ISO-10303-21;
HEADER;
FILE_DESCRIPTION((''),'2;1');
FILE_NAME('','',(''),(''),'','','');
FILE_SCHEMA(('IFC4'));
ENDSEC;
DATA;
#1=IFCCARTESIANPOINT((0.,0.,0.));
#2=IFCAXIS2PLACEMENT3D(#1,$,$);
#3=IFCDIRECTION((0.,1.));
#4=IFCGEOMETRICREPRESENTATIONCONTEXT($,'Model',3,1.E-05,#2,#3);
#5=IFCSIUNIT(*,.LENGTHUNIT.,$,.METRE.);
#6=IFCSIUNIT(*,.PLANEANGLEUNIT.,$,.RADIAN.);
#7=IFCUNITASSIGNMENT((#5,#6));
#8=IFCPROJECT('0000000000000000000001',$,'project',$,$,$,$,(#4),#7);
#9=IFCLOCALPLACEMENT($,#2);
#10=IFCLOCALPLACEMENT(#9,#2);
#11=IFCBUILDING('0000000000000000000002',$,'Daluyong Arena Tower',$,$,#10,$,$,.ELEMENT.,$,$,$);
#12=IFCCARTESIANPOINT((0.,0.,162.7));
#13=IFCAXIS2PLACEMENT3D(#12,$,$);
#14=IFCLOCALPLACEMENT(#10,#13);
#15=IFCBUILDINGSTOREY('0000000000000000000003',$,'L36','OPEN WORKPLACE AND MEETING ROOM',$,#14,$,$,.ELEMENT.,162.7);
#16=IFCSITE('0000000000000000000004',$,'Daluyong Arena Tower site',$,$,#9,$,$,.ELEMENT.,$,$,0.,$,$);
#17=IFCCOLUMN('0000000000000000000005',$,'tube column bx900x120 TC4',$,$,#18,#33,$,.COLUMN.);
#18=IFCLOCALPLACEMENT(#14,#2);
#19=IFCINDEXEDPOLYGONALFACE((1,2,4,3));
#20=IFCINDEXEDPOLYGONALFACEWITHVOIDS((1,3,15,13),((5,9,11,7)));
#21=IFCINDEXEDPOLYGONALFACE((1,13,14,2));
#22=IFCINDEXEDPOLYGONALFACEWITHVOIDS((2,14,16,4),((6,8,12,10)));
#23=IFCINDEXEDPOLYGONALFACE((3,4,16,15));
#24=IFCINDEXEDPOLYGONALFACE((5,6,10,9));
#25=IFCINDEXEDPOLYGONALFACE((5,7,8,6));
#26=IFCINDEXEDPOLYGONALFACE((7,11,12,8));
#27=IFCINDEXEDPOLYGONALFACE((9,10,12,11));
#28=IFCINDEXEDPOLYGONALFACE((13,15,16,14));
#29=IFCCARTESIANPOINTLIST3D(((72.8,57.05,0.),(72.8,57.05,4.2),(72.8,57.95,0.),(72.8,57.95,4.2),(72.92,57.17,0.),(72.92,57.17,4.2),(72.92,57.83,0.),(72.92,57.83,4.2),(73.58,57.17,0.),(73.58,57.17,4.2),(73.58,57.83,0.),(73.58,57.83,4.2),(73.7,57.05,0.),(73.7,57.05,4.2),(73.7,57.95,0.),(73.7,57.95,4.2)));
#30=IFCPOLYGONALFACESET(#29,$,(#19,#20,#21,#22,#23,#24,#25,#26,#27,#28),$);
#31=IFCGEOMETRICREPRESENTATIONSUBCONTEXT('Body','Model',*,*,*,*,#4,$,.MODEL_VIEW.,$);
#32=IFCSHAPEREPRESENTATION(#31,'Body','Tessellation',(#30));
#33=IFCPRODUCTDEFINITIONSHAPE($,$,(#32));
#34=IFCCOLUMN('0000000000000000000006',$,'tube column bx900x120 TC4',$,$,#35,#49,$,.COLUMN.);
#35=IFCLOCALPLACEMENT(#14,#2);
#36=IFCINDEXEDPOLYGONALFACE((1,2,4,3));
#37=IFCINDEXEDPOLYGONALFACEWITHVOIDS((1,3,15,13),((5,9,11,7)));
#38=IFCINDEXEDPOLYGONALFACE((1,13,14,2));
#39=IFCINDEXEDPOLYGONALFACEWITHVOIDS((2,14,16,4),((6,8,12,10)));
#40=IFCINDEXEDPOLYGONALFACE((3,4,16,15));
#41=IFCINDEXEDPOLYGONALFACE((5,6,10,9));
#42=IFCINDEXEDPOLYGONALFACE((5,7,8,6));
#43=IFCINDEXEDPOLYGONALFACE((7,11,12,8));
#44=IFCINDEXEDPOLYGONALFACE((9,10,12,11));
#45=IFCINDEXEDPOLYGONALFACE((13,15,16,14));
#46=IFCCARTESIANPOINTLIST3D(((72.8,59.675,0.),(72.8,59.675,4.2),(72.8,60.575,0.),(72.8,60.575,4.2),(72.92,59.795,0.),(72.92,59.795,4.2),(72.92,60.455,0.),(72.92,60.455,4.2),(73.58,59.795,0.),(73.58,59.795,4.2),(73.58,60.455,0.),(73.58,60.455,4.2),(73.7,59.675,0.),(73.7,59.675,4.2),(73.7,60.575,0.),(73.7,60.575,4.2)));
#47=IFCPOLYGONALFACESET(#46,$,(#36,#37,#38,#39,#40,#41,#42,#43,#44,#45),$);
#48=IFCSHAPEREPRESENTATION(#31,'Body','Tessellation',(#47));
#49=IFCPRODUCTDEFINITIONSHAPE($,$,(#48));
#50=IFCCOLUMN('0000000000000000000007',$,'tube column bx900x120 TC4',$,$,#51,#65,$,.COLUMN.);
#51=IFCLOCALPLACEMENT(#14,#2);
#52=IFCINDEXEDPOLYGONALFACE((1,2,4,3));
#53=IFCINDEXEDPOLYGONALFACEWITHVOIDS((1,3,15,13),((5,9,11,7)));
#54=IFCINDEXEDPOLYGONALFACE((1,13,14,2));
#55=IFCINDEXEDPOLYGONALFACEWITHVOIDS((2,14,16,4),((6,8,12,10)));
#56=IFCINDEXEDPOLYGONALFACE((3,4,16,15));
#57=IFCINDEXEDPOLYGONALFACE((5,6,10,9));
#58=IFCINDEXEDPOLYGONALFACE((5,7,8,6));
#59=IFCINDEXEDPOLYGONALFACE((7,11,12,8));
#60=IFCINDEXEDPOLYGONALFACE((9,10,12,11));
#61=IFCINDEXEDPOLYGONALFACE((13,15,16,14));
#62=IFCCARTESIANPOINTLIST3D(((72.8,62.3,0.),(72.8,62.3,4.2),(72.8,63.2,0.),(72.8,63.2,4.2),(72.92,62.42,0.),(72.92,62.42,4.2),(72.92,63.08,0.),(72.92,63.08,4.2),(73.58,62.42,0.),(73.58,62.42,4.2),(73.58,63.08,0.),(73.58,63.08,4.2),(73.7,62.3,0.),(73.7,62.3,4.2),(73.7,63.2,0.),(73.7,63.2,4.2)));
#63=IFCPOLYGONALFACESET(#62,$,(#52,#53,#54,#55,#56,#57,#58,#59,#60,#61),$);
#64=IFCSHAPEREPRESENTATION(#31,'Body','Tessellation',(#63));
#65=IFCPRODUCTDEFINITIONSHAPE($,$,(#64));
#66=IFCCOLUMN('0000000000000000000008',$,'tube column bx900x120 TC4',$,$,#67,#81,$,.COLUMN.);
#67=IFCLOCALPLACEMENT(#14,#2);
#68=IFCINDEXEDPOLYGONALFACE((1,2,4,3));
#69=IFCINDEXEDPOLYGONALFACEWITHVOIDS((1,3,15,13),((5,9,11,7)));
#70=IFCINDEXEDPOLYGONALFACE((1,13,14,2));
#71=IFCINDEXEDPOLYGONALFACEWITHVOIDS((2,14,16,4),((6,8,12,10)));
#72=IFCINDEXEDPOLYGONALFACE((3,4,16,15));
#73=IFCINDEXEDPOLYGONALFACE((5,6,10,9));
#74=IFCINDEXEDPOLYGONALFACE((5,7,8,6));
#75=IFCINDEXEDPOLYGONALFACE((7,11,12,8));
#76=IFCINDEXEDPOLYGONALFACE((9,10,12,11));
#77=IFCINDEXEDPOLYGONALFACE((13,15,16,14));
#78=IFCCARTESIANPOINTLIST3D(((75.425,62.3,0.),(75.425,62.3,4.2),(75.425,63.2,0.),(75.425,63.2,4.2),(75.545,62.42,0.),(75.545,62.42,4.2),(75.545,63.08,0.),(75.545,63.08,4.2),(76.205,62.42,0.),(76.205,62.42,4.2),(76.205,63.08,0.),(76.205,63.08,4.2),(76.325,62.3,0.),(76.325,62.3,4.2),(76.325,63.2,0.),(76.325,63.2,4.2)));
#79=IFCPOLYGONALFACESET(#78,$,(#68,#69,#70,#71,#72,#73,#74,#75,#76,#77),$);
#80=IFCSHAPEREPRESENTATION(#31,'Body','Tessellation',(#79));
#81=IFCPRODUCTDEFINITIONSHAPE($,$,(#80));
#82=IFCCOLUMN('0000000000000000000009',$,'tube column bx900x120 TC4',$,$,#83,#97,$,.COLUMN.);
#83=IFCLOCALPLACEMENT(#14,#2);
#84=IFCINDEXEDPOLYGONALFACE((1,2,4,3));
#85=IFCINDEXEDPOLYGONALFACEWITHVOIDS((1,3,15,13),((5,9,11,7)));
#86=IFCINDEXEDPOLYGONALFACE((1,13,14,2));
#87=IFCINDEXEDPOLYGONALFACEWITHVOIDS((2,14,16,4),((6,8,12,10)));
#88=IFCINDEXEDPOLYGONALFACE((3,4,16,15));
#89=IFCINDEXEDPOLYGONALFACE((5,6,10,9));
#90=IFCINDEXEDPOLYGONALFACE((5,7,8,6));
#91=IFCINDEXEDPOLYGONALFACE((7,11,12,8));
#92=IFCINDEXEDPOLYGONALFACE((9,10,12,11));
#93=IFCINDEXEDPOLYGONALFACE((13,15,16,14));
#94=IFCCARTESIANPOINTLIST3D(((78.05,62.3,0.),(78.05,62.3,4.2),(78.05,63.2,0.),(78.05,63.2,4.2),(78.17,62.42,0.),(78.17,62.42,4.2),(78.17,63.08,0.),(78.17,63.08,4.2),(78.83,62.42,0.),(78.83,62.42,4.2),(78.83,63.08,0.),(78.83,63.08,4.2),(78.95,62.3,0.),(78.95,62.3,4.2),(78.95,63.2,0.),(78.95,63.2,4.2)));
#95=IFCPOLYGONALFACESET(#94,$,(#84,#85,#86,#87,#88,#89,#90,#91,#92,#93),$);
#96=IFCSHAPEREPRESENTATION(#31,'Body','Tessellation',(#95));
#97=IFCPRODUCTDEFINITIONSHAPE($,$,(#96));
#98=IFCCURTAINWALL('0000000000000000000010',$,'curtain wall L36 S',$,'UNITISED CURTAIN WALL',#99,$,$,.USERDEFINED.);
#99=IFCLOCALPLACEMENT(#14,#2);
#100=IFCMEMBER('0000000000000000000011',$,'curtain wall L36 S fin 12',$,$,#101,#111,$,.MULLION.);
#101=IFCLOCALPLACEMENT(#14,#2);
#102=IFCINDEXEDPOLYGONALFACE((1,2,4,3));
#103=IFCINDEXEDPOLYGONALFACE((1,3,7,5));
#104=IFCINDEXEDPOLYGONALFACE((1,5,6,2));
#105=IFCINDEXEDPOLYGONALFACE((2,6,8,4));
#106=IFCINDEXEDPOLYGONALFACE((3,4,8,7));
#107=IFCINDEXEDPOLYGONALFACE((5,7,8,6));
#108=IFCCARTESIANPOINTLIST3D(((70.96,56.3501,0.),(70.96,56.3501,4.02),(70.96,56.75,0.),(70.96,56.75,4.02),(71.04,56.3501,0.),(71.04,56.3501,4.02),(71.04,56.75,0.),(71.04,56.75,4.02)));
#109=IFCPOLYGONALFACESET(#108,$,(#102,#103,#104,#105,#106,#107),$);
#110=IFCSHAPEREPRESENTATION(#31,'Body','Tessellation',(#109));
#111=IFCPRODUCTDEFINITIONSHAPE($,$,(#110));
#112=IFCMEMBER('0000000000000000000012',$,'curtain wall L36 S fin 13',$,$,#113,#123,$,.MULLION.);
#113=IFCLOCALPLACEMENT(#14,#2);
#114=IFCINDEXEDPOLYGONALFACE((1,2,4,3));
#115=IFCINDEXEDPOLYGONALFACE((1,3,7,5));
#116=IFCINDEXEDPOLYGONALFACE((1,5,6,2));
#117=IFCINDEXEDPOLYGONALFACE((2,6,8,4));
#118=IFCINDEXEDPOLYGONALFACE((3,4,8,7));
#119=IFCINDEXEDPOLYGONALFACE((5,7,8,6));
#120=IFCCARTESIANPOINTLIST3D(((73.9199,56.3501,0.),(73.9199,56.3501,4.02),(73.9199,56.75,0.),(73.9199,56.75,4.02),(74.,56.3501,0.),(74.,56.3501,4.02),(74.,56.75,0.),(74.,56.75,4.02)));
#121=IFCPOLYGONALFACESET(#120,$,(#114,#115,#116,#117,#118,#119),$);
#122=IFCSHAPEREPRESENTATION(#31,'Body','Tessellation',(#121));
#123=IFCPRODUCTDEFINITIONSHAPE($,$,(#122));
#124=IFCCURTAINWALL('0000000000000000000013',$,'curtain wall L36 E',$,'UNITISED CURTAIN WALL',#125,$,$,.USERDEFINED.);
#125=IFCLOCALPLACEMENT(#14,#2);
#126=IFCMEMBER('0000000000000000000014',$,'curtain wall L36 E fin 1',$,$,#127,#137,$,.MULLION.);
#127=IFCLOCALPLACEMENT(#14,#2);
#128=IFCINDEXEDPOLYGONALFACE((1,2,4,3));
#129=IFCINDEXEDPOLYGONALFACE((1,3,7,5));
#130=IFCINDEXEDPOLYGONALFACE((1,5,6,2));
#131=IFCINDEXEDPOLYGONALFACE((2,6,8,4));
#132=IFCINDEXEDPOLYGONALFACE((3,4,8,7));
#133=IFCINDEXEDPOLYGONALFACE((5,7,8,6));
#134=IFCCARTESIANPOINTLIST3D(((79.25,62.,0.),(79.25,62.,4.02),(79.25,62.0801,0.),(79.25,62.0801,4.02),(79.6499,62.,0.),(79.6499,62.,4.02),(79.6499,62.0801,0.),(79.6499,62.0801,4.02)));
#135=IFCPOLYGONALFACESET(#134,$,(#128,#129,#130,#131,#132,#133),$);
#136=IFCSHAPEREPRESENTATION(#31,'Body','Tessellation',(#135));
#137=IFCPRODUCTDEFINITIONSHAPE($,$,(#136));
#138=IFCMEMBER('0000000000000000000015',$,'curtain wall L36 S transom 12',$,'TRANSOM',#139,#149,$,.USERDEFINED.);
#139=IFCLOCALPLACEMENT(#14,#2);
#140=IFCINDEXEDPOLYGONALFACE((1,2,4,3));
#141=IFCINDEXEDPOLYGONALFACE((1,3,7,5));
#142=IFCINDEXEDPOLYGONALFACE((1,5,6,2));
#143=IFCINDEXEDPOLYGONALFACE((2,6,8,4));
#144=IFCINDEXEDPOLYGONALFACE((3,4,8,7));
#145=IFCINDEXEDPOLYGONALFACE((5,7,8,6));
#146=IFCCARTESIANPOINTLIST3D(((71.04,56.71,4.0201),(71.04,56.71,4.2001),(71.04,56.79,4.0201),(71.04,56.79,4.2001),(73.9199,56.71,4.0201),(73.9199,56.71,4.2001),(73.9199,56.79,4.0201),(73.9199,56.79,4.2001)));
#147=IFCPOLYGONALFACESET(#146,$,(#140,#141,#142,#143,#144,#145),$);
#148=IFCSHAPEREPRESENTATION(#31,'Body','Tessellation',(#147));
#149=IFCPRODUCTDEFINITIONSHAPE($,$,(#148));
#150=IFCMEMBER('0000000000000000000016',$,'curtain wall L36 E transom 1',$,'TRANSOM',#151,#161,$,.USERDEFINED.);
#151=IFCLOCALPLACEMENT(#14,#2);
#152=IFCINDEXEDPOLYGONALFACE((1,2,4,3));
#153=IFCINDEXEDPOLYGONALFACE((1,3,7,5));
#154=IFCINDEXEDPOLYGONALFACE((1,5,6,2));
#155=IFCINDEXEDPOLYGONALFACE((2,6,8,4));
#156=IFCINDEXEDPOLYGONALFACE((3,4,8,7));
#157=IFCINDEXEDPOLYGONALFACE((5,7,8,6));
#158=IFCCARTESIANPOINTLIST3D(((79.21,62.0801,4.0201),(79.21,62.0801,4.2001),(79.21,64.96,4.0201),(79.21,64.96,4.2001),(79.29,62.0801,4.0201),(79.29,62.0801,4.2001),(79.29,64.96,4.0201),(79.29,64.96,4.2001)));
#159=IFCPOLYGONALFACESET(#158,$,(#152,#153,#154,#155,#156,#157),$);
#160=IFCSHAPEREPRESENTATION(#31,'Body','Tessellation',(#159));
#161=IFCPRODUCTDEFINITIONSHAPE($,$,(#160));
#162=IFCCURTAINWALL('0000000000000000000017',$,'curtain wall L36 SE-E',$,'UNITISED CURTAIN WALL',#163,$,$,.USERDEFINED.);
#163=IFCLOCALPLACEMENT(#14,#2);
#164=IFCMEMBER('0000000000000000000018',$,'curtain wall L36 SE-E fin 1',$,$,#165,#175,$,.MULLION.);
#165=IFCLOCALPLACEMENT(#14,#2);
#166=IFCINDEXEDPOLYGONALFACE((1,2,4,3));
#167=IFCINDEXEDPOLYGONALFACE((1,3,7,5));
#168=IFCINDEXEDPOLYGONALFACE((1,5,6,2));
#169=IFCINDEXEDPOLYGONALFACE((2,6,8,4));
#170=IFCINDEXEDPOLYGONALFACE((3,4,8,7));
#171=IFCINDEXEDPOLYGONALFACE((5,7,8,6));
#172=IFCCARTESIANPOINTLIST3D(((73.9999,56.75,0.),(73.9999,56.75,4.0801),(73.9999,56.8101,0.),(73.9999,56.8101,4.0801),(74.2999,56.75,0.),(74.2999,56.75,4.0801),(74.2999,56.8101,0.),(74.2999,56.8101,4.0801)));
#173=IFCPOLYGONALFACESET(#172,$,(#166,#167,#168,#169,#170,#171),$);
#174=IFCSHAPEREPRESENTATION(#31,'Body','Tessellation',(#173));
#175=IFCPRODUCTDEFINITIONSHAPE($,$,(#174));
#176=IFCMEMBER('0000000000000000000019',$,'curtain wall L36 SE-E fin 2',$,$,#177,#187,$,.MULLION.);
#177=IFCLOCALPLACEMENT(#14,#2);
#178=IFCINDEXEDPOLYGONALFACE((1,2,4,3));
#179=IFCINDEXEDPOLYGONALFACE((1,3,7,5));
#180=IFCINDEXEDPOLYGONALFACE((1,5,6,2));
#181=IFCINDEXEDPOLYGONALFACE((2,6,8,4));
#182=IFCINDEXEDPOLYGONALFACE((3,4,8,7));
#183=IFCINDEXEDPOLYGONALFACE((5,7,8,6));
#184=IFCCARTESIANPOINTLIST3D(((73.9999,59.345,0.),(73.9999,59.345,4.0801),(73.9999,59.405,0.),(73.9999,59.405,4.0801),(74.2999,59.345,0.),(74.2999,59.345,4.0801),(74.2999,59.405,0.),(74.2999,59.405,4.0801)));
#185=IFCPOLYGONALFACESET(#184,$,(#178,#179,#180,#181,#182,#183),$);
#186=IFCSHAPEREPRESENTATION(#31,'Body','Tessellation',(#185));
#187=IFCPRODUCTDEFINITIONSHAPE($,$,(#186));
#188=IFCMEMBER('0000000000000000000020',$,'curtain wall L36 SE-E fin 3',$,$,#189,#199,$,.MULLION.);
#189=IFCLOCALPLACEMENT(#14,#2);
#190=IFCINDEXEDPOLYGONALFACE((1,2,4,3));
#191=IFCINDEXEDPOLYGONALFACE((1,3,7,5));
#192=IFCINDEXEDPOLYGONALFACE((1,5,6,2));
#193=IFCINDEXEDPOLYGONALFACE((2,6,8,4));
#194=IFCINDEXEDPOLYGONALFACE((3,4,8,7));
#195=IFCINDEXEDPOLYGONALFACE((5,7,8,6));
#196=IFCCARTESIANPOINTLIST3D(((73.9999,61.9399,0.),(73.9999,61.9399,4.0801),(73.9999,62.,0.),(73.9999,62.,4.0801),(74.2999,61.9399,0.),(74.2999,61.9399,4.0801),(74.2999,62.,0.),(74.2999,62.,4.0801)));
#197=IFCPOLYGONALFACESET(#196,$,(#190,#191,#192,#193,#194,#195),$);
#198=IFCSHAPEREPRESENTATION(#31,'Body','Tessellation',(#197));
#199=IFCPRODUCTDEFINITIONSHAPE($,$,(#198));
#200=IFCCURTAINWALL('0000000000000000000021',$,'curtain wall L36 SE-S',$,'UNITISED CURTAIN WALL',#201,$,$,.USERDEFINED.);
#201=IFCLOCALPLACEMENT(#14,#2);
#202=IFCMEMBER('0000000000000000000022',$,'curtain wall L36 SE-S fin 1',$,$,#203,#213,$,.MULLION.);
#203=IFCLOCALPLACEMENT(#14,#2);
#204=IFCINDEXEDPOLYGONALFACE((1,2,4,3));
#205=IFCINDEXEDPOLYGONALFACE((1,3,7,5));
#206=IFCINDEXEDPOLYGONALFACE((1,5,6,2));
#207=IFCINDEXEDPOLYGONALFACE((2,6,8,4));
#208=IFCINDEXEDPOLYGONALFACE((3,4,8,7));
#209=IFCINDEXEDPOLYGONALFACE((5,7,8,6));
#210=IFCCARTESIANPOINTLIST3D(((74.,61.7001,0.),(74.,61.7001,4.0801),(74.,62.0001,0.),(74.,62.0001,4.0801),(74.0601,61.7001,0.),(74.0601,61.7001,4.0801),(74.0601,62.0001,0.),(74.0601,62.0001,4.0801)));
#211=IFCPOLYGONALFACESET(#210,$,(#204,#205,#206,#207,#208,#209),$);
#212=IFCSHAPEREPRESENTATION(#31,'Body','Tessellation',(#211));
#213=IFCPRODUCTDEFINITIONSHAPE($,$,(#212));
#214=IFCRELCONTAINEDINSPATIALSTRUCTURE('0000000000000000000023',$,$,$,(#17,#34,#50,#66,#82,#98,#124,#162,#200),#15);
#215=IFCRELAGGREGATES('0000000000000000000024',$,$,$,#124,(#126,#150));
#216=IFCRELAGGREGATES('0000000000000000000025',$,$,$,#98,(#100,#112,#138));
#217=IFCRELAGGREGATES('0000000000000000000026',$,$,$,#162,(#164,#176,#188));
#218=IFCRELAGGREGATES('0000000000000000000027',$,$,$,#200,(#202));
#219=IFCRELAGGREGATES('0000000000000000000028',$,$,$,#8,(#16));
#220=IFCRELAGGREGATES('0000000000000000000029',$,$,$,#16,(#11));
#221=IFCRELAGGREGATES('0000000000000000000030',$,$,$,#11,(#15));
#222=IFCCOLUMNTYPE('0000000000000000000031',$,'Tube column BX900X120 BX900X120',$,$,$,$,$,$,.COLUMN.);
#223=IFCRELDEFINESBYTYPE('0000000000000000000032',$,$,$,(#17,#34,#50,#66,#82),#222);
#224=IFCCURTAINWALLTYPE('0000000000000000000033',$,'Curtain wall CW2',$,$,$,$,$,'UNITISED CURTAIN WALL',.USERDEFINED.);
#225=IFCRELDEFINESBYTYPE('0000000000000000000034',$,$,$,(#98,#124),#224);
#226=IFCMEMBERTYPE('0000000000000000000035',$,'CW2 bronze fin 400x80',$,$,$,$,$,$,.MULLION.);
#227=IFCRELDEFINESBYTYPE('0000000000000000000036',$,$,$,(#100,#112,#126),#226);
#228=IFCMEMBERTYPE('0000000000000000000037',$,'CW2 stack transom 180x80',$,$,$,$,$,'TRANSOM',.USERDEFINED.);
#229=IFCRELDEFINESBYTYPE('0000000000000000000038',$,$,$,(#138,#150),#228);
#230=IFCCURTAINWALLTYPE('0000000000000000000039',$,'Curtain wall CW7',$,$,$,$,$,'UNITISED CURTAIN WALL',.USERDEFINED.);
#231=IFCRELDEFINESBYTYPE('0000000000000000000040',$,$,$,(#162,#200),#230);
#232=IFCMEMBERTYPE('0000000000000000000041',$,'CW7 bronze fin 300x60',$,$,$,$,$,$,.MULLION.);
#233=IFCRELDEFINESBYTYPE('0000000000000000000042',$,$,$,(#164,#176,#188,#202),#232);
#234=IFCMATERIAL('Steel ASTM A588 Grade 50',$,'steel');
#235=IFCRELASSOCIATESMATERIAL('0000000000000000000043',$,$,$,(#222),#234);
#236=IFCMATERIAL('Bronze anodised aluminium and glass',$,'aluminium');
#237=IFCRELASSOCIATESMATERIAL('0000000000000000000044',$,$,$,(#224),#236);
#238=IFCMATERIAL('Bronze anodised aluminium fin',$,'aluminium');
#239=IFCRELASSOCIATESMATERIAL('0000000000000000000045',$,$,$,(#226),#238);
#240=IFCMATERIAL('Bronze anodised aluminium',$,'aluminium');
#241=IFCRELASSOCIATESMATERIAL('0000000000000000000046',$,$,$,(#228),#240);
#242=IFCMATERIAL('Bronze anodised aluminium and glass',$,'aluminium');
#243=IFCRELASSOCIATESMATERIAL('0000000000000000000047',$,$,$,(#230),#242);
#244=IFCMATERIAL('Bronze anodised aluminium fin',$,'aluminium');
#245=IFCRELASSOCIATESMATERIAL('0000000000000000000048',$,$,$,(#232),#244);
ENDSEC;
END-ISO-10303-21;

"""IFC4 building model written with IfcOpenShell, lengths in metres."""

from ifc_helpers import new_model, si_unit, direction, frame, origin, origin_2d, place, context, subcontext, project, spatial, rectangle, hollow_rectangle, extrude, material, material_profile, profile_set, type_object, element, aggregate, save


model = new_model("IFC4")

# Units and contexts
model_context = context("Model", 3, precision=1e-05, world=origin(), true_north=direction((0.0, 1.0)))
body_context = subcontext(model_context, "Body", "Model", "MODEL_VIEW")
ifc_project = project(units=[si_unit("LENGTHUNIT", "METRE"), si_unit("PLANEANGLEUNIT", "RADIAN")], contexts=[model_context])

# Site, building, storey
site_placement = place(None, origin())
site = spatial("IfcSite", under=ifc_project, at=site_placement, Name="Daluyong Arena Tower site", CompositionType="ELEMENT", RefElevation=0.0)
building_placement = place(site_placement, origin())
building = spatial("IfcBuilding", under=site, at=building_placement, Name="Daluyong Arena Tower", CompositionType="ELEMENT")
storey_placement = place(building_placement, frame((0.0, 0.0, 162.7)))
storey = spatial("IfcBuildingStorey", under=building, at=storey_placement, Name="L36", Description="OPEN WORKPLACE AND MEETING ROOM", CompositionType="ELEMENT", Elevation=162.7)

# Columns
ifc_material_1 = material(Name="Steel ASTM A588 Grade 50", Category="steel")
ifc_material_profile_1 = material_profile(ifc_material_1, hollow_rectangle(XDim=0.8999, YDim=0.8999, WallThickness=0.12, at=origin_2d()))
ifc_profile_set_1 = profile_set([ifc_material_profile_1], Name="Steel ASTM A588 Grade 50")
column_type = type_object("IfcColumnType", Name="Tube column BX900X120 BX900X120", PredefinedType="COLUMN", material=ifc_profile_set_1)
for number, where, z_axis, x_axis, name in (
    (1, (73.25, 57.5, 0.0), (0.0, 0.0, 1.0), (0.0, 1.0, 0.0), "tube column bx900x120 TC4"),
    (2, (73.25, 60.125, 0.0), (0.0, 0.0, 1.0), (0.0, 1.0, 0.0), "tube column bx900x120 TC4"),
    (3, (73.25, 62.75, 0.0), (0.0, 0.0, 1.0), (1.0, 0.0, 0.0), "tube column bx900x120 TC4"),
    (4, (75.875, 62.75, 0.0), (0.0, 0.0, 1.0), (1.0, 0.0, 0.0), "tube column bx900x120 TC4"),
    (5, (78.5, 62.75, 0.0), (0.0, 0.0, 1.0), (0.0, 1.0, 0.0), "tube column bx900x120 TC4"),
):
    element("IfcColumn", number, at=place(storey_placement, frame(where, z_axis=z_axis, x_axis=x_axis)), inside=storey, type_object=column_type, Name=name, PredefinedType="COLUMN", context=body_context, shape_type="SweptSolid", body=[
        extrude(hollow_rectangle(XDim=0.8999, YDim=0.8999, WallThickness=0.12, at=origin_2d()), origin(), (0.0, 0.0, 1.0), 4.2),
    ])

# Curtain wall, members
ifc_material_2 = material(Name="Bronze anodised aluminium and glass", Category="aluminium")
curtain_wall_type_1 = type_object("IfcCurtainWallType", Name="Curtain wall CW2", ElementType="UNITISED CURTAIN WALL", PredefinedType="USERDEFINED", material=ifc_material_2)
curtain_wall_1_placement = place(storey_placement, origin())
curtain_wall_1 = element("IfcCurtainWall", 6, at=curtain_wall_1_placement, inside=storey, type_object=curtain_wall_type_1, Name="curtain wall L36 S", ObjectType="UNITISED CURTAIN WALL", PredefinedType="USERDEFINED")
ifc_material_3 = material(Name="Bronze anodised aluminium fin", Category="aluminium")
ifc_material_profile_2 = material_profile(ifc_material_3, rectangle(XDim=0.3999, YDim=0.0801, at=origin_2d()))
ifc_profile_set_2 = profile_set([ifc_material_profile_2], Name="Bronze anodised aluminium fin")
member_type_1 = type_object("IfcMemberType", Name="CW2 bronze fin 400x80", PredefinedType="MULLION", material=ifc_profile_set_2)
member_1_placement = place(storey_placement, frame((71.0, 56.55, 0.0), z_axis=(0.0, 0.0, 1.0), x_axis=(0.0, 1.0, 0.0)))
member_1 = element("IfcMember", 7, at=member_1_placement, type_object=member_type_1, Name="curtain wall L36 S fin 12", PredefinedType="MULLION", context=body_context, shape_type="SweptSolid", body=[
    extrude(rectangle(XDim=0.3999, YDim=0.0801, at=origin_2d()), origin(), (0.0, 0.0, 1.0), 4.02),
])
member_2_placement = place(storey_placement, frame((73.96, 56.55, 0.0), z_axis=(0.0, 0.0, 1.0), x_axis=(0.0, 1.0, 0.0)))
member_2 = element("IfcMember", 8, at=member_2_placement, type_object=member_type_1, Name="curtain wall L36 S fin 13", PredefinedType="MULLION", context=body_context, shape_type="SweptSolid", body=[
    extrude(rectangle(XDim=0.3999, YDim=0.0801, at=origin_2d()), origin(), (0.0, 0.0, 1.0), 4.02),
])

# Curtain wall, member
curtain_wall_2_placement = place(storey_placement, origin())
curtain_wall_2 = element("IfcCurtainWall", 9, at=curtain_wall_2_placement, inside=storey, type_object=curtain_wall_type_1, Name="curtain wall L36 E", ObjectType="UNITISED CURTAIN WALL", PredefinedType="USERDEFINED")
member_3_placement = place(storey_placement, frame((79.45, 62.04, 0.0), z_axis=(0.0, 0.0, 1.0), x_axis=(-1.0, 0.0, 0.0)))
member_3 = element("IfcMember", 10, at=member_3_placement, type_object=member_type_1, Name="curtain wall L36 E fin 1", PredefinedType="MULLION", context=body_context, shape_type="SweptSolid", body=[
    extrude(rectangle(XDim=0.3999, YDim=0.0801, at=origin_2d()), origin(), (0.0, 0.0, 1.0), 4.02),
])

# Members
ifc_material_4 = material(Name="Bronze anodised aluminium", Category="aluminium")
ifc_material_profile_3 = material_profile(ifc_material_4, rectangle(XDim=0.0801, YDim=0.1799, at=origin_2d()))
ifc_profile_set_3 = profile_set([ifc_material_profile_3], Name="Bronze anodised aluminium")
member_type_2 = type_object("IfcMemberType", Name="CW2 stack transom 180x80", ElementType="TRANSOM", PredefinedType="USERDEFINED", material=ifc_profile_set_3)
member_4_placement = place(storey_placement, frame((71.04, 56.75, 4.1101), z_axis=(1.0, 0.0, 0.0), x_axis=(0.0, 1.0, 0.0)))
member_4 = element("IfcMember", 11, at=member_4_placement, type_object=member_type_2, Name="curtain wall L36 S transom 12", ObjectType="TRANSOM", PredefinedType="USERDEFINED", context=body_context, shape_type="SweptSolid", body=[
    extrude(rectangle(XDim=0.0801, YDim=0.1799, at=origin_2d()), origin(), (0.0, 0.0, 1.0), 2.8799),
])
member_5_placement = place(storey_placement, frame((79.25, 62.0801, 4.1101), z_axis=(0.0, 1.0, 0.0), x_axis=(-1.0, 0.0, 0.0)))
member_5 = element("IfcMember", 12, at=member_5_placement, type_object=member_type_2, Name="curtain wall L36 E transom 1", ObjectType="TRANSOM", PredefinedType="USERDEFINED", context=body_context, shape_type="SweptSolid", body=[
    extrude(rectangle(XDim=0.0801, YDim=0.1799, at=origin_2d()), origin(), (0.0, 0.0, 1.0), 2.8799),
])
aggregate(curtain_wall_2, [member_3, member_5])

# Curtain walls, members
ifc_material_5 = material(Name="Bronze anodised aluminium and glass", Category="aluminium")
curtain_wall_type_2 = type_object("IfcCurtainWallType", Name="Curtain wall CW7", ElementType="UNITISED CURTAIN WALL", PredefinedType="USERDEFINED", material=ifc_material_5)
curtain_wall_3_placement = place(storey_placement, origin())
curtain_wall_3 = element("IfcCurtainWall", 13, at=curtain_wall_3_placement, inside=storey, type_object=curtain_wall_type_2, Name="curtain wall L36 SE-E", ObjectType="UNITISED CURTAIN WALL", PredefinedType="USERDEFINED")
ifc_material_6 = material(Name="Bronze anodised aluminium fin", Category="aluminium")
ifc_material_profile_4 = material_profile(ifc_material_6, rectangle(XDim=0.3, YDim=0.0601, at=origin_2d()))
ifc_profile_set_4 = profile_set([ifc_material_profile_4], Name="Bronze anodised aluminium fin")
member_type_3 = type_object("IfcMemberType", Name="CW7 bronze fin 300x60", PredefinedType="MULLION", material=ifc_profile_set_4)
member_6_placement = place(storey_placement, frame((74.1499, 56.78, 0.0), z_axis=(0.0, 0.0, 1.0), x_axis=(-1.0, 0.0, 0.0)))
member_6 = element("IfcMember", 14, at=member_6_placement, type_object=member_type_3, Name="curtain wall L36 SE-E fin 1", PredefinedType="MULLION", context=body_context, shape_type="SweptSolid", body=[
    extrude(rectangle(XDim=0.3, YDim=0.0601, at=origin_2d()), origin(), (0.0, 0.0, 1.0), 4.0801),
])
member_7_placement = place(storey_placement, frame((74.1499, 59.375, 0.0), z_axis=(0.0, 0.0, 1.0), x_axis=(-1.0, 0.0, 0.0)))
member_7 = element("IfcMember", 15, at=member_7_placement, type_object=member_type_3, Name="curtain wall L36 SE-E fin 2", PredefinedType="MULLION", context=body_context, shape_type="SweptSolid", body=[
    extrude(rectangle(XDim=0.3, YDim=0.0601, at=origin_2d()), origin(), (0.0, 0.0, 1.0), 4.0801),
])
member_8_placement = place(storey_placement, frame((74.1499, 61.97, 0.0), z_axis=(0.0, 0.0, 1.0), x_axis=(-1.0, 0.0, 0.0)))
member_8 = element("IfcMember", 16, at=member_8_placement, type_object=member_type_3, Name="curtain wall L36 SE-E fin 3", PredefinedType="MULLION", context=body_context, shape_type="SweptSolid", body=[
    extrude(rectangle(XDim=0.3, YDim=0.0601, at=origin_2d()), origin(), (0.0, 0.0, 1.0), 4.0801),
])
curtain_wall_4_placement = place(storey_placement, origin())
curtain_wall_4 = element("IfcCurtainWall", 17, at=curtain_wall_4_placement, inside=storey, type_object=curtain_wall_type_2, Name="curtain wall L36 SE-S", ObjectType="UNITISED CURTAIN WALL", PredefinedType="USERDEFINED")
member_9_placement = place(storey_placement, frame((74.03, 61.8501, 0.0), z_axis=(0.0, 0.0, 1.0), x_axis=(0.0, 1.0, 0.0)))
member_9 = element("IfcMember", 18, at=member_9_placement, type_object=member_type_3, Name="curtain wall L36 SE-S fin 1", PredefinedType="MULLION", context=body_context, shape_type="SweptSolid", body=[
    extrude(rectangle(XDim=0.3, YDim=0.0601, at=origin_2d()), origin(), (0.0, 0.0, 1.0), 4.0801),
])

aggregate(curtain_wall_1, [member_1, member_2, member_4])
aggregate(curtain_wall_3, [member_6, member_7, member_8])
aggregate(curtain_wall_4, [member_9])

save(model, "model.ifc")
